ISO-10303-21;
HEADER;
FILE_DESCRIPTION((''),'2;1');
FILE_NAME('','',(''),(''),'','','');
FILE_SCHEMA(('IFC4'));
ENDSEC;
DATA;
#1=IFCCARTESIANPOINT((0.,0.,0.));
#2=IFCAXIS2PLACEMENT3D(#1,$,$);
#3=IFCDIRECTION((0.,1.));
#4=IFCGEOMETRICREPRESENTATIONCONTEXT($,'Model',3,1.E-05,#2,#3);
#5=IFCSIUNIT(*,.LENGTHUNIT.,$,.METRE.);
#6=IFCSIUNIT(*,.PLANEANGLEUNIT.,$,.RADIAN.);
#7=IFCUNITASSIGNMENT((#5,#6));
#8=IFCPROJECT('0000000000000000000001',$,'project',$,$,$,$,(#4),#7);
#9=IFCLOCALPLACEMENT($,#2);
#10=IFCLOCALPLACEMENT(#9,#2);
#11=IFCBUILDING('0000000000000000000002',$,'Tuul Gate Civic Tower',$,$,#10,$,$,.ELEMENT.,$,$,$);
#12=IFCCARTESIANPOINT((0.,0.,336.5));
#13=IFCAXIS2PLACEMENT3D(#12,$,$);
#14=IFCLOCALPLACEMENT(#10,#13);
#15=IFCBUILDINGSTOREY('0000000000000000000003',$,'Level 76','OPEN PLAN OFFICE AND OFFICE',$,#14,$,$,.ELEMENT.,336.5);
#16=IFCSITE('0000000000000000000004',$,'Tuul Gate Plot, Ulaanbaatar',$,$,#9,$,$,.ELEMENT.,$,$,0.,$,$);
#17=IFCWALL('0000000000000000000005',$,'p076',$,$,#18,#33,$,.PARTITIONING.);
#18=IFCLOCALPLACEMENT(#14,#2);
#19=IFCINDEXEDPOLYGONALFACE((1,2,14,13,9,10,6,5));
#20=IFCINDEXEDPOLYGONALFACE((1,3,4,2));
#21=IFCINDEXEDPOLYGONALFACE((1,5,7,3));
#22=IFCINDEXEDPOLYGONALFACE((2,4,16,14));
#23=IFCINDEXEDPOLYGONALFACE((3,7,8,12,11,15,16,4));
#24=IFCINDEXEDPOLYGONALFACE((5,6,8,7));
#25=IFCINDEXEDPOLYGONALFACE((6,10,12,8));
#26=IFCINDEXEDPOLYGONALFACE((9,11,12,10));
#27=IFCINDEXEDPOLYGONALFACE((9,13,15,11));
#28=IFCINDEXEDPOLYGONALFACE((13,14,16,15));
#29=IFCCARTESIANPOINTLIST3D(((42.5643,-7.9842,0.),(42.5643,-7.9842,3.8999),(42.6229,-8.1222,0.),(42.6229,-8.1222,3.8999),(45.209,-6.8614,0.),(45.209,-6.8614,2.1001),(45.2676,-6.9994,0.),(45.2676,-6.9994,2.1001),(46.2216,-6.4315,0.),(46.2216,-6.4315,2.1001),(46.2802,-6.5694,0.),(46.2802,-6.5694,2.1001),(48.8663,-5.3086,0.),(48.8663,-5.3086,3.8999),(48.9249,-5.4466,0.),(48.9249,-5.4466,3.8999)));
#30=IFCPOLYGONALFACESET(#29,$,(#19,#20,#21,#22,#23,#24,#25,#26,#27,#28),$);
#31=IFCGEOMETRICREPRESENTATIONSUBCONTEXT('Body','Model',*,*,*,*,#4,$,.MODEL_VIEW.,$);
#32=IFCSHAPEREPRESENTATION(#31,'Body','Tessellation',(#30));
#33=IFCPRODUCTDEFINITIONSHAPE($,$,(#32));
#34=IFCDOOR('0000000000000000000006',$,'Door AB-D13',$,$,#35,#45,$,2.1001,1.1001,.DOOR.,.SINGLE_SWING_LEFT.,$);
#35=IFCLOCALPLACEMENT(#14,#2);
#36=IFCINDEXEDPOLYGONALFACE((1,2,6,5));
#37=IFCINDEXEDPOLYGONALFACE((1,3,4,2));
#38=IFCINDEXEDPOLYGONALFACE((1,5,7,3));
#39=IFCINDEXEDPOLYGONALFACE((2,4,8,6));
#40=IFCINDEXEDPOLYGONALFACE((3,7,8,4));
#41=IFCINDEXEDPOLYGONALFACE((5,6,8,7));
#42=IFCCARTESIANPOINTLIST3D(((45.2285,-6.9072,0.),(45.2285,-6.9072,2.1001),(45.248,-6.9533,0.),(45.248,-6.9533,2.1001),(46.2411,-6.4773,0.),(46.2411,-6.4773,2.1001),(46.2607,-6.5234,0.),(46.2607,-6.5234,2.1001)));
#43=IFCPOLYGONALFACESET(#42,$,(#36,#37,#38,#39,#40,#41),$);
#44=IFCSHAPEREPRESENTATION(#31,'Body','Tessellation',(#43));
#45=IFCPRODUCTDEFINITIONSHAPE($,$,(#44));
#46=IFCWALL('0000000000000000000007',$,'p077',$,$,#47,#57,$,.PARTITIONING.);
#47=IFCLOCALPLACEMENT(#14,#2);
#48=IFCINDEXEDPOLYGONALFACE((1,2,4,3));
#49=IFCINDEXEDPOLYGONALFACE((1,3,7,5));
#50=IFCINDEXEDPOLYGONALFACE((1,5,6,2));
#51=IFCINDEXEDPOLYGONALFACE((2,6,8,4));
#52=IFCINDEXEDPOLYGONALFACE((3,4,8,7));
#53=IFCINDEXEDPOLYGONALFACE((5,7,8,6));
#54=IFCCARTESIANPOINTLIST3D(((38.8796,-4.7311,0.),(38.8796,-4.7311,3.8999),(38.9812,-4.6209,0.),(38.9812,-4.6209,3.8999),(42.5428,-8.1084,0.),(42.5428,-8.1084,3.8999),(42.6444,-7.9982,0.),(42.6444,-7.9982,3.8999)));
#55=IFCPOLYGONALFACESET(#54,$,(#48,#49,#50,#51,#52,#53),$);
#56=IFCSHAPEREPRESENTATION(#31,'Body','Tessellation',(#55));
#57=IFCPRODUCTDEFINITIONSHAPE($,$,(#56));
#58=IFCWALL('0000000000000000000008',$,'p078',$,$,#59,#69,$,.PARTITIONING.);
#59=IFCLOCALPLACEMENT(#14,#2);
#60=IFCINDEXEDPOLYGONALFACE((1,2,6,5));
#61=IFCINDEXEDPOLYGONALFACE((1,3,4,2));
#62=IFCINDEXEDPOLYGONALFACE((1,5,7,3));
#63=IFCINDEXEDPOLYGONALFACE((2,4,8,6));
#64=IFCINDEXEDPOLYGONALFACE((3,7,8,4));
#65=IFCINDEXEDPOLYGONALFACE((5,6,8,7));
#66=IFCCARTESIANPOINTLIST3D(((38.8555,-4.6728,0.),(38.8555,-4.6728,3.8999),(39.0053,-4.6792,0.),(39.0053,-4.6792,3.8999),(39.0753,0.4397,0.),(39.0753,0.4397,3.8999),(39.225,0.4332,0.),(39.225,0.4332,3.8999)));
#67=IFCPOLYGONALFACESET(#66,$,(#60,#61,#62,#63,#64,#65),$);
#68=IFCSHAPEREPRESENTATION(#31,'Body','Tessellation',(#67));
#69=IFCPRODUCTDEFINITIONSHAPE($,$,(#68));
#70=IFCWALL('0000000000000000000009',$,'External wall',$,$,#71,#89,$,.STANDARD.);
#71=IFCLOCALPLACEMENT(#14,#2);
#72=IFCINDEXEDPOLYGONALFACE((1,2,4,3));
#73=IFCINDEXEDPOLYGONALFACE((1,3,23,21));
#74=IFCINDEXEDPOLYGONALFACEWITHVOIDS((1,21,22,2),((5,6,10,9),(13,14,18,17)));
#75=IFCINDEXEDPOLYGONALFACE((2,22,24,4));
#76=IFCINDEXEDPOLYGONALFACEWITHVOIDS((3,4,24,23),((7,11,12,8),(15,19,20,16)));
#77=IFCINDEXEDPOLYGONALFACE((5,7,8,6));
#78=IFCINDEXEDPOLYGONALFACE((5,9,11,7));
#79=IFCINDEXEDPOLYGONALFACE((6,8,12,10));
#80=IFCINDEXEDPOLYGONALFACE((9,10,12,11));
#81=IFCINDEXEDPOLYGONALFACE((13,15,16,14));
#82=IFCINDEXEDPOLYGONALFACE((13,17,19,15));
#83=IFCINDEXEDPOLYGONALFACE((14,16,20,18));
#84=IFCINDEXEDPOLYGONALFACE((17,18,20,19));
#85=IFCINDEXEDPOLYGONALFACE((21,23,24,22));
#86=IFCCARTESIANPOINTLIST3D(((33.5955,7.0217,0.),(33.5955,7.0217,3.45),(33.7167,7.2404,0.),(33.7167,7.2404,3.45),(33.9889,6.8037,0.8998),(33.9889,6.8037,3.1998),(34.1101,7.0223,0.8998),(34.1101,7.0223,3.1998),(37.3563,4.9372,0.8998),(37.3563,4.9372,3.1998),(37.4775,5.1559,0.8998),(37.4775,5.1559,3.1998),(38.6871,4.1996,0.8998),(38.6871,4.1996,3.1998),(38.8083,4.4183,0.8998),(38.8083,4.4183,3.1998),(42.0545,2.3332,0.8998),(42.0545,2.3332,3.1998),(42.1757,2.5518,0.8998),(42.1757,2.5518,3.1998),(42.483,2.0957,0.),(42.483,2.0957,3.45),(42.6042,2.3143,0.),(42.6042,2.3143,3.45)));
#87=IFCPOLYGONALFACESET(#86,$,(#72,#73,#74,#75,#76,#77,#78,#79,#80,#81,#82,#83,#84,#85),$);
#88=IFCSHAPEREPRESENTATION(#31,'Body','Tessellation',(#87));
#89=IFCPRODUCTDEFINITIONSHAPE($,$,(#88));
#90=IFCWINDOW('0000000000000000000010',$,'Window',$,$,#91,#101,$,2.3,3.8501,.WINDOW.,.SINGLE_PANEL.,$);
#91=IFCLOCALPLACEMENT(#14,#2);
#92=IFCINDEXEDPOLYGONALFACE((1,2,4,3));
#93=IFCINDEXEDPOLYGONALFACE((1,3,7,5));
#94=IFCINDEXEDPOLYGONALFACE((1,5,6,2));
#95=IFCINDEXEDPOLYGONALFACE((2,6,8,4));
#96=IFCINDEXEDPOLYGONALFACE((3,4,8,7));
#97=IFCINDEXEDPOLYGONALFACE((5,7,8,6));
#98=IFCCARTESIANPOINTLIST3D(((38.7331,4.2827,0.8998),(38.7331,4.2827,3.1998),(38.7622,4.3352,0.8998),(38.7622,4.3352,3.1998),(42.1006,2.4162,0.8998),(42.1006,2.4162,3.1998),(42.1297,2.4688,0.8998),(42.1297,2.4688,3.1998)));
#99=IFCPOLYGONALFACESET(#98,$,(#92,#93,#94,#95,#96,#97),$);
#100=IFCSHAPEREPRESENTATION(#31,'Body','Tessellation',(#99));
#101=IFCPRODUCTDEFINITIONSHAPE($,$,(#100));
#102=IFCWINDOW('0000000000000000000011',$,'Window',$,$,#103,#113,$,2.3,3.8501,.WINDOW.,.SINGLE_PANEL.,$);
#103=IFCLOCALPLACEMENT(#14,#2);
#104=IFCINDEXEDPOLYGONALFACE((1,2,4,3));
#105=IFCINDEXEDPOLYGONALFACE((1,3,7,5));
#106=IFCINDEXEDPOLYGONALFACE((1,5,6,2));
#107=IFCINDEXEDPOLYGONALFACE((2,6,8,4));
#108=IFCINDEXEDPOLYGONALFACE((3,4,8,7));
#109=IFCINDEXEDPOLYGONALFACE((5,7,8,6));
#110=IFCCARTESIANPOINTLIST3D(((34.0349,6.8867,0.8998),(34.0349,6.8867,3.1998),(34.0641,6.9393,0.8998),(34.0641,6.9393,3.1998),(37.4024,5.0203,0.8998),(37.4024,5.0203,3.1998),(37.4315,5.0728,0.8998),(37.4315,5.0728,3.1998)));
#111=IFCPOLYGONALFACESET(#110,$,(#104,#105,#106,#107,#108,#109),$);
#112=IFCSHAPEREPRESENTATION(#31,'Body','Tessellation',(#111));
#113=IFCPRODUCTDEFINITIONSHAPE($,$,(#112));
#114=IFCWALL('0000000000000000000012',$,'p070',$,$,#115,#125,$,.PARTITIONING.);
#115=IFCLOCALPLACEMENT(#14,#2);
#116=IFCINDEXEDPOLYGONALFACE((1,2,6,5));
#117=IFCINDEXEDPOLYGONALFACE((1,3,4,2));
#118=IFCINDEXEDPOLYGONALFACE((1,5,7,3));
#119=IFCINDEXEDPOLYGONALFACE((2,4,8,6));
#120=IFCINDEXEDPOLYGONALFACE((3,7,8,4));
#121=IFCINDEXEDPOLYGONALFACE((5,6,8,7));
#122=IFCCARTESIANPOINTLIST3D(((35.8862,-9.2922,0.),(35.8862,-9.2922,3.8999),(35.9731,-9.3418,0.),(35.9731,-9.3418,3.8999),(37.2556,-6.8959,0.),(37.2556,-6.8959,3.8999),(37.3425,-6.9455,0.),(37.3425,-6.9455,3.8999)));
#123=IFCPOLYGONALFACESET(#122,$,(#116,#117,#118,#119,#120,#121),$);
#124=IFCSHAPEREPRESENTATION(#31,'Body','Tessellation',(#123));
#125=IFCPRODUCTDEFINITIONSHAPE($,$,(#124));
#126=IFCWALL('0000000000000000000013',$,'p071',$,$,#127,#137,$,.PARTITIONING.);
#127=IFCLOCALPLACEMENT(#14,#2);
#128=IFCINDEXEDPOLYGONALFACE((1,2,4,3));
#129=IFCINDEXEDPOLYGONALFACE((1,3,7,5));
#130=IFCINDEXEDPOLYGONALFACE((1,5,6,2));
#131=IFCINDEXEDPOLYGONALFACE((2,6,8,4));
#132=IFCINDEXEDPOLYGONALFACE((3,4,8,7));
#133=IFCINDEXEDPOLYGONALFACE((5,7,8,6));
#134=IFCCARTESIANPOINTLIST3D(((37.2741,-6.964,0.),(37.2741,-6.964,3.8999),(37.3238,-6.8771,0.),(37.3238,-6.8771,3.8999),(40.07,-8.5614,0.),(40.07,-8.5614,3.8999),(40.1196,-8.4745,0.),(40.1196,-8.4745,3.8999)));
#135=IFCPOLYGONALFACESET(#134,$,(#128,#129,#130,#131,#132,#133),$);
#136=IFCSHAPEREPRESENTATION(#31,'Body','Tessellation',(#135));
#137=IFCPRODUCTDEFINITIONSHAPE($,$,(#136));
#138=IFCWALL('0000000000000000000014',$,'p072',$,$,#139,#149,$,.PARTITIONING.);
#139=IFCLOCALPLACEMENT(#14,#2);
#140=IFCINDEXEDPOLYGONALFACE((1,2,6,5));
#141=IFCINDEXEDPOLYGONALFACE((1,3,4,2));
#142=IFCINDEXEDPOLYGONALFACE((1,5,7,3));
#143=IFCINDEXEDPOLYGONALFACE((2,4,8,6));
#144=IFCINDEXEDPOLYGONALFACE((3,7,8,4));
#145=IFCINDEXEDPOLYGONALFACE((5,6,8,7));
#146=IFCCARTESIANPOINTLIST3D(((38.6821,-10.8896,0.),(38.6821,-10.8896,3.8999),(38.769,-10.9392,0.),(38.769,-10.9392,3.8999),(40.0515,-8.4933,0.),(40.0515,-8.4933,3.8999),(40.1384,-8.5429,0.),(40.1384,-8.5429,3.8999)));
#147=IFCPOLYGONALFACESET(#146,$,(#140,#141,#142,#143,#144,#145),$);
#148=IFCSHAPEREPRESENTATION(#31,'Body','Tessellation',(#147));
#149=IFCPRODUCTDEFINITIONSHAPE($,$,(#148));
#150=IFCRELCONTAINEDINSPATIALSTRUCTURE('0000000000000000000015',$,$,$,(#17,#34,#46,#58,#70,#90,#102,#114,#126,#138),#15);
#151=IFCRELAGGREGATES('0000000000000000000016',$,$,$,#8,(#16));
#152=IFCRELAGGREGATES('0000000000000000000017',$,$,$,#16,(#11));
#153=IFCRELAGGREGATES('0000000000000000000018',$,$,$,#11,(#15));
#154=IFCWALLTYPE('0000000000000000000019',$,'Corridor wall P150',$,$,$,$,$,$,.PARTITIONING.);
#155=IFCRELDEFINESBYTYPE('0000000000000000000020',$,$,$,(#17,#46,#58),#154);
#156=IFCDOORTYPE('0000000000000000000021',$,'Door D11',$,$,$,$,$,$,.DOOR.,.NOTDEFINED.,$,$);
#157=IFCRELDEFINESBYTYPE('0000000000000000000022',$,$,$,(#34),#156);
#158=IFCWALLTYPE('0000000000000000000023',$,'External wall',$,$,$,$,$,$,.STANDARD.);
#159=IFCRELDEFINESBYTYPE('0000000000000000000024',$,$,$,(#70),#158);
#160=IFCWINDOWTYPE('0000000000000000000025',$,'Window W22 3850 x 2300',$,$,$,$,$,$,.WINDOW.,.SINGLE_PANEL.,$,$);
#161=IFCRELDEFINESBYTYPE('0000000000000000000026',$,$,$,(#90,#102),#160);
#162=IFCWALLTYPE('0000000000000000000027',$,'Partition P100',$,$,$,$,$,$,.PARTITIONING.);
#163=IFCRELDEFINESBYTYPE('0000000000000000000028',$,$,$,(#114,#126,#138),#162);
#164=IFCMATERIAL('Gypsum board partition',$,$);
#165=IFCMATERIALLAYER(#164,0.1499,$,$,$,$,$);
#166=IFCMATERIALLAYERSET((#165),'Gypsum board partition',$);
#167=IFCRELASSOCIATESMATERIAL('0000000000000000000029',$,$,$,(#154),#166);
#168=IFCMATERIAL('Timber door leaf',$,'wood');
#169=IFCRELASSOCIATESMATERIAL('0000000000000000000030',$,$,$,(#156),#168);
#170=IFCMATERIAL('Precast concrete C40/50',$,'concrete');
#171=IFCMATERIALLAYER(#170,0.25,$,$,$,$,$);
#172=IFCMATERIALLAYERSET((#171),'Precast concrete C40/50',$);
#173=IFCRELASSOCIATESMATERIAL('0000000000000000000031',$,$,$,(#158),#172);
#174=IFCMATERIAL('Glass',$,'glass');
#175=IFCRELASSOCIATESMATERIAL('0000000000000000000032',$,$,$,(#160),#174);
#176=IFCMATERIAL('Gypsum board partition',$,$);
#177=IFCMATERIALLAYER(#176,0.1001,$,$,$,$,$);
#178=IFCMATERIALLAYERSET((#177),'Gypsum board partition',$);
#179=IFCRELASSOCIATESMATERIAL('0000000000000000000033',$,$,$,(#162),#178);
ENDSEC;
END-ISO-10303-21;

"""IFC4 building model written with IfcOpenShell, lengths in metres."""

from ifc_helpers import new_model, si_unit, direction, frame, frame_2d, origin, place, context, subcontext, project, spatial, rectangle, extrude, material, layer, layer_set, type_object, element, fill, save


model = new_model("IFC4")

# Units and contexts
model_context = context("Model", 3, precision=1e-05, world=origin(), true_north=direction((0.0, 1.0)))
body_context = subcontext(model_context, "Body", "Model", "MODEL_VIEW")
ifc_project = project(units=[si_unit("LENGTHUNIT", "METRE"), si_unit("PLANEANGLEUNIT", "RADIAN")], contexts=[model_context])

# Site, building, storey
site_placement = place(None, origin())
site = spatial("IfcSite", under=ifc_project, at=site_placement, Name="Tuul Gate Plot, Ulaanbaatar", CompositionType="ELEMENT", RefElevation=0.0)
building_placement = place(site_placement, origin())
building = spatial("IfcBuilding", under=site, at=building_placement, Name="Tuul Gate Civic Tower", CompositionType="ELEMENT")
storey_placement = place(building_placement, frame((0.0, 0.0, 336.5)))
storey = spatial("IfcBuildingStorey", under=building, at=storey_placement, Name="Level 76", Description="OPEN PLAN OFFICE AND OFFICE", CompositionType="ELEMENT", Elevation=336.5)

# Shared definitions
ifc_material_1 = material(Name="Gypsum board partition")
ifc_layer_1 = layer(ifc_material_1, 0.1499)
ifc_layer_set_1 = layer_set([ifc_layer_1], Name="Gypsum board partition")
wall_type_1 = type_object("IfcWallType", Name="Corridor wall P150", PredefinedType="PARTITIONING", material=ifc_layer_set_1)

# Wall, opening, door
wall_1_placement = place(storey_placement, frame((42.5935, -8.0532, 0.0), z_axis=(0.0, 0.0, 1.0), x_axis=(0.920479, 0.390793, 0.0)))
wall_1 = element("IfcWall", 1, at=wall_1_placement, inside=storey, type_object=wall_type_1, Name="p076", PredefinedType="PARTITIONING", context=body_context, shape_type="SweptSolid", body=[
    extrude(rectangle(XDim=6.8464, YDim=0.1499, at=frame_2d((3.4233, 0.0))), origin(), (0.0, 0.0, 1.0), 3.8999),
])
opening_1_placement = place(wall_1_placement, frame((2.8733, 0.0, 0.0)))
opening_1 = element("IfcOpeningElement", 2, at=opening_1_placement, cuts=wall_1, PredefinedType="OPENING", context=body_context, shape_type="SweptSolid", body=[
    extrude(rectangle(XDim=1.1001, YDim=2.1001, at=frame_2d((0.55, 1.05))), frame((0.0, 0.085, 0.0), z_axis=(0.0, -1.0, 0.0), x_axis=(1.0, 0.0, 0.0)), (0.0, 0.0, 1.0), 0.1699),
])
ifc_material_2 = material(Name="Timber door leaf", Category="wood")
door_type_1 = type_object("IfcDoorType", Name="Door D11", OperationType="NOTDEFINED", PredefinedType="DOOR", material=ifc_material_2)
door_1_placement = place(opening_1_placement, frame((1.1001, 0.0, 0.0), z_axis=(0.0, 0.0, 1.0), x_axis=(-1.0, 0.0, 0.0)))
door_1 = element("IfcDoor", 3, at=door_1_placement, inside=storey, type_object=door_type_1, Name="Door AB-D13", OperationType="SINGLE_SWING_LEFT", OverallHeight=2.1001, OverallWidth=1.1001, PredefinedType="DOOR", context=body_context, shape_type="SweptSolid", body=[
    extrude(rectangle(XDim=1.1001, YDim=2.1001, at=frame_2d((0.55, 1.05))), frame((0.0, 0.0249, 0.0), z_axis=(0.0, -1.0, 0.0), x_axis=(1.0, 0.0, 0.0)), (0.0, 0.0, 1.0), 0.05),
])
fill(opening_1, door_1)

# Walls
wall_2_placement = place(storey_placement, frame((38.9304, -4.676, 0.0), z_axis=(0.0, 0.0, 1.0), x_axis=(0.735215, -0.677834, 0.0)))
element("IfcWall", 4, at=wall_2_placement, inside=storey, type_object=wall_type_1, Name="p077", PredefinedType="PARTITIONING", context=body_context, shape_type="SweptSolid", body=[
    extrude(rectangle(XDim=4.9824, YDim=0.1499, at=frame_2d((2.4912, 0.0))), origin(), (0.0, 0.0, 1.0), 3.8999),
])
wall_3_placement = place(storey_placement, frame((38.9304, -4.676, 0.0), z_axis=(0.0, 0.0, 1.0), x_axis=(0.042938, 0.999078, 0.0)))
element("IfcWall", 5, at=wall_3_placement, inside=storey, type_object=wall_type_1, Name="p078", PredefinedType="PARTITIONING", context=body_context, shape_type="SweptSolid", body=[
    extrude(rectangle(XDim=5.1172, YDim=0.1499, at=frame_2d((2.5586, 0.0))), origin(), (0.0, 0.0, 1.0), 3.8999),
])

# Wall, openings, windows
ifc_material_3 = material(Name="Precast concrete C40/50", Category="concrete")
ifc_layer_2 = layer(ifc_material_3, 0.25)
ifc_layer_set_2 = layer_set([ifc_layer_2], Name="Precast concrete C40/50")
wall_type_2 = type_object("IfcWallType", Name="External wall", PredefinedType="STANDARD", material=ifc_layer_set_2)
wall_4_placement = place(storey_placement, frame((42.5435, 2.2051, 0.0), z_axis=(0.0, 0.0, 1.0), x_axis=(-0.874635, 0.484782, 0.0)))
wall_4 = element("IfcWall", 6, at=wall_4_placement, inside=storey, type_object=wall_type_2, Name="External wall", PredefinedType="STANDARD", context=body_context, shape_type="SweptSolid", body=[
    extrude(rectangle(XDim=10.1614, YDim=0.25, at=frame_2d((5.0806, 0.0))), origin(), (0.0, 0.0, 1.0), 3.45),
])
opening_2_placement = place(wall_4_placement, frame((0.4897, 0.0, 0.8999)))
opening_2 = element("IfcOpeningElement", 7, at=opening_2_placement, cuts=wall_4, PredefinedType="OPENING", context=body_context, shape_type="SweptSolid", body=[
    extrude(rectangle(XDim=3.8501, YDim=2.3, at=frame_2d((1.925, 1.1499))), frame((0.0, 0.135, 0.0), z_axis=(0.0, -1.0, 0.0), x_axis=(1.0, 0.0, 0.0)), (0.0, 0.0, 1.0), 0.27),
])
opening_3_placement = place(wall_4_placement, frame((5.8613, 0.0, 0.8999)))
opening_3 = element("IfcOpeningElement", 8, at=opening_3_placement, cuts=wall_4, PredefinedType="OPENING", context=body_context, shape_type="SweptSolid", body=[
    extrude(rectangle(XDim=3.8501, YDim=2.3, at=frame_2d((1.925, 1.1499))), frame((0.0, 0.135, 0.0), z_axis=(0.0, -1.0, 0.0), x_axis=(1.0, 0.0, 0.0)), (0.0, 0.0, 1.0), 0.27),
])
ifc_material_4 = material(Name="Glass", Category="glass")
window_type = type_object("IfcWindowType", Name="Window W22 3850 x 2300", PartitioningType="SINGLE_PANEL", PredefinedType="WINDOW", material=ifc_material_4)
window_1_placement = place(opening_2_placement, origin())
window_1 = element("IfcWindow", 9, at=window_1_placement, inside=storey, type_object=window_type, Name="Window", OverallHeight=2.3, OverallWidth=3.8501, PartitioningType="SINGLE_PANEL", PredefinedType="WINDOW", context=body_context, shape_type="SweptSolid", body=[
    extrude(rectangle(XDim=3.8501, YDim=2.3, at=frame_2d((1.925, 1.1499))), frame((0.0, 0.03, 0.0), z_axis=(0.0, -1.0, 0.0), x_axis=(1.0, 0.0, 0.0)), (0.0, 0.0, 1.0), 0.0601),
])
fill(opening_2, window_1)
window_2_placement = place(opening_3_placement, origin())
window_2 = element("IfcWindow", 10, at=window_2_placement, inside=storey, type_object=window_type, Name="Window", OverallHeight=2.3, OverallWidth=3.8501, PartitioningType="SINGLE_PANEL", PredefinedType="WINDOW", context=body_context, shape_type="SweptSolid", body=[
    extrude(rectangle(XDim=3.8501, YDim=2.3, at=frame_2d((1.925, 1.1499))), frame((0.0, 0.03, 0.0), z_axis=(0.0, -1.0, 0.0), x_axis=(1.0, 0.0, 0.0)), (0.0, 0.0, 1.0), 0.0601),
])
fill(opening_3, window_2)

# Walls
ifc_material_5 = material(Name="Gypsum board partition")
ifc_layer_3 = layer(ifc_material_5, 0.1001)
ifc_layer_set_3 = layer_set([ifc_layer_3], Name="Gypsum board partition")
wall_type_3 = type_object("IfcWallType", Name="Partition P100", PredefinedType="PARTITIONING", material=ifc_layer_set_3)
wall_5_placement = place(storey_placement, frame((35.9297, -9.3169, 0.0), z_axis=(0.0, 0.0, 1.0), x_axis=(0.496168, 0.868227, 0.0)))
element("IfcWall", 11, at=wall_5_placement, inside=storey, type_object=wall_type_3, Name="p070", PredefinedType="PARTITIONING", context=body_context, shape_type="SweptSolid", body=[
    extrude(rectangle(XDim=2.76, YDim=0.1001, at=frame_2d((1.3799, 0.0))), origin(), (0.0, 0.0, 1.0), 3.8999),
])
wall_6_placement = place(storey_placement, frame((37.2991, -6.9207, 0.0), z_axis=(0.0, 0.0, 1.0), x_axis=(0.868276, -0.496082, 0.0)))
element("IfcWall", 12, at=wall_6_placement, inside=storey, type_object=wall_type_3, Name="p071", PredefinedType="PARTITIONING", context=body_context, shape_type="SweptSolid", body=[
    extrude(rectangle(XDim=3.22, YDim=0.1001, at=frame_2d((1.6099, 0.0))), origin(), (0.0, 0.0, 1.0), 3.8999),
])
wall_7_placement = place(storey_placement, frame((38.7256, -10.9143, 0.0), z_axis=(0.0, 0.0, 1.0), x_axis=(0.496168, 0.868227, 0.0)))
element("IfcWall", 13, at=wall_7_placement, inside=storey, type_object=wall_type_3, Name="p072", PredefinedType="PARTITIONING", context=body_context, shape_type="SweptSolid", body=[
    extrude(rectangle(XDim=2.76, YDim=0.1001, at=frame_2d((1.3799, 0.0))), origin(), (0.0, 0.0, 1.0), 3.8999),
])

save(model, "model.ifc")
